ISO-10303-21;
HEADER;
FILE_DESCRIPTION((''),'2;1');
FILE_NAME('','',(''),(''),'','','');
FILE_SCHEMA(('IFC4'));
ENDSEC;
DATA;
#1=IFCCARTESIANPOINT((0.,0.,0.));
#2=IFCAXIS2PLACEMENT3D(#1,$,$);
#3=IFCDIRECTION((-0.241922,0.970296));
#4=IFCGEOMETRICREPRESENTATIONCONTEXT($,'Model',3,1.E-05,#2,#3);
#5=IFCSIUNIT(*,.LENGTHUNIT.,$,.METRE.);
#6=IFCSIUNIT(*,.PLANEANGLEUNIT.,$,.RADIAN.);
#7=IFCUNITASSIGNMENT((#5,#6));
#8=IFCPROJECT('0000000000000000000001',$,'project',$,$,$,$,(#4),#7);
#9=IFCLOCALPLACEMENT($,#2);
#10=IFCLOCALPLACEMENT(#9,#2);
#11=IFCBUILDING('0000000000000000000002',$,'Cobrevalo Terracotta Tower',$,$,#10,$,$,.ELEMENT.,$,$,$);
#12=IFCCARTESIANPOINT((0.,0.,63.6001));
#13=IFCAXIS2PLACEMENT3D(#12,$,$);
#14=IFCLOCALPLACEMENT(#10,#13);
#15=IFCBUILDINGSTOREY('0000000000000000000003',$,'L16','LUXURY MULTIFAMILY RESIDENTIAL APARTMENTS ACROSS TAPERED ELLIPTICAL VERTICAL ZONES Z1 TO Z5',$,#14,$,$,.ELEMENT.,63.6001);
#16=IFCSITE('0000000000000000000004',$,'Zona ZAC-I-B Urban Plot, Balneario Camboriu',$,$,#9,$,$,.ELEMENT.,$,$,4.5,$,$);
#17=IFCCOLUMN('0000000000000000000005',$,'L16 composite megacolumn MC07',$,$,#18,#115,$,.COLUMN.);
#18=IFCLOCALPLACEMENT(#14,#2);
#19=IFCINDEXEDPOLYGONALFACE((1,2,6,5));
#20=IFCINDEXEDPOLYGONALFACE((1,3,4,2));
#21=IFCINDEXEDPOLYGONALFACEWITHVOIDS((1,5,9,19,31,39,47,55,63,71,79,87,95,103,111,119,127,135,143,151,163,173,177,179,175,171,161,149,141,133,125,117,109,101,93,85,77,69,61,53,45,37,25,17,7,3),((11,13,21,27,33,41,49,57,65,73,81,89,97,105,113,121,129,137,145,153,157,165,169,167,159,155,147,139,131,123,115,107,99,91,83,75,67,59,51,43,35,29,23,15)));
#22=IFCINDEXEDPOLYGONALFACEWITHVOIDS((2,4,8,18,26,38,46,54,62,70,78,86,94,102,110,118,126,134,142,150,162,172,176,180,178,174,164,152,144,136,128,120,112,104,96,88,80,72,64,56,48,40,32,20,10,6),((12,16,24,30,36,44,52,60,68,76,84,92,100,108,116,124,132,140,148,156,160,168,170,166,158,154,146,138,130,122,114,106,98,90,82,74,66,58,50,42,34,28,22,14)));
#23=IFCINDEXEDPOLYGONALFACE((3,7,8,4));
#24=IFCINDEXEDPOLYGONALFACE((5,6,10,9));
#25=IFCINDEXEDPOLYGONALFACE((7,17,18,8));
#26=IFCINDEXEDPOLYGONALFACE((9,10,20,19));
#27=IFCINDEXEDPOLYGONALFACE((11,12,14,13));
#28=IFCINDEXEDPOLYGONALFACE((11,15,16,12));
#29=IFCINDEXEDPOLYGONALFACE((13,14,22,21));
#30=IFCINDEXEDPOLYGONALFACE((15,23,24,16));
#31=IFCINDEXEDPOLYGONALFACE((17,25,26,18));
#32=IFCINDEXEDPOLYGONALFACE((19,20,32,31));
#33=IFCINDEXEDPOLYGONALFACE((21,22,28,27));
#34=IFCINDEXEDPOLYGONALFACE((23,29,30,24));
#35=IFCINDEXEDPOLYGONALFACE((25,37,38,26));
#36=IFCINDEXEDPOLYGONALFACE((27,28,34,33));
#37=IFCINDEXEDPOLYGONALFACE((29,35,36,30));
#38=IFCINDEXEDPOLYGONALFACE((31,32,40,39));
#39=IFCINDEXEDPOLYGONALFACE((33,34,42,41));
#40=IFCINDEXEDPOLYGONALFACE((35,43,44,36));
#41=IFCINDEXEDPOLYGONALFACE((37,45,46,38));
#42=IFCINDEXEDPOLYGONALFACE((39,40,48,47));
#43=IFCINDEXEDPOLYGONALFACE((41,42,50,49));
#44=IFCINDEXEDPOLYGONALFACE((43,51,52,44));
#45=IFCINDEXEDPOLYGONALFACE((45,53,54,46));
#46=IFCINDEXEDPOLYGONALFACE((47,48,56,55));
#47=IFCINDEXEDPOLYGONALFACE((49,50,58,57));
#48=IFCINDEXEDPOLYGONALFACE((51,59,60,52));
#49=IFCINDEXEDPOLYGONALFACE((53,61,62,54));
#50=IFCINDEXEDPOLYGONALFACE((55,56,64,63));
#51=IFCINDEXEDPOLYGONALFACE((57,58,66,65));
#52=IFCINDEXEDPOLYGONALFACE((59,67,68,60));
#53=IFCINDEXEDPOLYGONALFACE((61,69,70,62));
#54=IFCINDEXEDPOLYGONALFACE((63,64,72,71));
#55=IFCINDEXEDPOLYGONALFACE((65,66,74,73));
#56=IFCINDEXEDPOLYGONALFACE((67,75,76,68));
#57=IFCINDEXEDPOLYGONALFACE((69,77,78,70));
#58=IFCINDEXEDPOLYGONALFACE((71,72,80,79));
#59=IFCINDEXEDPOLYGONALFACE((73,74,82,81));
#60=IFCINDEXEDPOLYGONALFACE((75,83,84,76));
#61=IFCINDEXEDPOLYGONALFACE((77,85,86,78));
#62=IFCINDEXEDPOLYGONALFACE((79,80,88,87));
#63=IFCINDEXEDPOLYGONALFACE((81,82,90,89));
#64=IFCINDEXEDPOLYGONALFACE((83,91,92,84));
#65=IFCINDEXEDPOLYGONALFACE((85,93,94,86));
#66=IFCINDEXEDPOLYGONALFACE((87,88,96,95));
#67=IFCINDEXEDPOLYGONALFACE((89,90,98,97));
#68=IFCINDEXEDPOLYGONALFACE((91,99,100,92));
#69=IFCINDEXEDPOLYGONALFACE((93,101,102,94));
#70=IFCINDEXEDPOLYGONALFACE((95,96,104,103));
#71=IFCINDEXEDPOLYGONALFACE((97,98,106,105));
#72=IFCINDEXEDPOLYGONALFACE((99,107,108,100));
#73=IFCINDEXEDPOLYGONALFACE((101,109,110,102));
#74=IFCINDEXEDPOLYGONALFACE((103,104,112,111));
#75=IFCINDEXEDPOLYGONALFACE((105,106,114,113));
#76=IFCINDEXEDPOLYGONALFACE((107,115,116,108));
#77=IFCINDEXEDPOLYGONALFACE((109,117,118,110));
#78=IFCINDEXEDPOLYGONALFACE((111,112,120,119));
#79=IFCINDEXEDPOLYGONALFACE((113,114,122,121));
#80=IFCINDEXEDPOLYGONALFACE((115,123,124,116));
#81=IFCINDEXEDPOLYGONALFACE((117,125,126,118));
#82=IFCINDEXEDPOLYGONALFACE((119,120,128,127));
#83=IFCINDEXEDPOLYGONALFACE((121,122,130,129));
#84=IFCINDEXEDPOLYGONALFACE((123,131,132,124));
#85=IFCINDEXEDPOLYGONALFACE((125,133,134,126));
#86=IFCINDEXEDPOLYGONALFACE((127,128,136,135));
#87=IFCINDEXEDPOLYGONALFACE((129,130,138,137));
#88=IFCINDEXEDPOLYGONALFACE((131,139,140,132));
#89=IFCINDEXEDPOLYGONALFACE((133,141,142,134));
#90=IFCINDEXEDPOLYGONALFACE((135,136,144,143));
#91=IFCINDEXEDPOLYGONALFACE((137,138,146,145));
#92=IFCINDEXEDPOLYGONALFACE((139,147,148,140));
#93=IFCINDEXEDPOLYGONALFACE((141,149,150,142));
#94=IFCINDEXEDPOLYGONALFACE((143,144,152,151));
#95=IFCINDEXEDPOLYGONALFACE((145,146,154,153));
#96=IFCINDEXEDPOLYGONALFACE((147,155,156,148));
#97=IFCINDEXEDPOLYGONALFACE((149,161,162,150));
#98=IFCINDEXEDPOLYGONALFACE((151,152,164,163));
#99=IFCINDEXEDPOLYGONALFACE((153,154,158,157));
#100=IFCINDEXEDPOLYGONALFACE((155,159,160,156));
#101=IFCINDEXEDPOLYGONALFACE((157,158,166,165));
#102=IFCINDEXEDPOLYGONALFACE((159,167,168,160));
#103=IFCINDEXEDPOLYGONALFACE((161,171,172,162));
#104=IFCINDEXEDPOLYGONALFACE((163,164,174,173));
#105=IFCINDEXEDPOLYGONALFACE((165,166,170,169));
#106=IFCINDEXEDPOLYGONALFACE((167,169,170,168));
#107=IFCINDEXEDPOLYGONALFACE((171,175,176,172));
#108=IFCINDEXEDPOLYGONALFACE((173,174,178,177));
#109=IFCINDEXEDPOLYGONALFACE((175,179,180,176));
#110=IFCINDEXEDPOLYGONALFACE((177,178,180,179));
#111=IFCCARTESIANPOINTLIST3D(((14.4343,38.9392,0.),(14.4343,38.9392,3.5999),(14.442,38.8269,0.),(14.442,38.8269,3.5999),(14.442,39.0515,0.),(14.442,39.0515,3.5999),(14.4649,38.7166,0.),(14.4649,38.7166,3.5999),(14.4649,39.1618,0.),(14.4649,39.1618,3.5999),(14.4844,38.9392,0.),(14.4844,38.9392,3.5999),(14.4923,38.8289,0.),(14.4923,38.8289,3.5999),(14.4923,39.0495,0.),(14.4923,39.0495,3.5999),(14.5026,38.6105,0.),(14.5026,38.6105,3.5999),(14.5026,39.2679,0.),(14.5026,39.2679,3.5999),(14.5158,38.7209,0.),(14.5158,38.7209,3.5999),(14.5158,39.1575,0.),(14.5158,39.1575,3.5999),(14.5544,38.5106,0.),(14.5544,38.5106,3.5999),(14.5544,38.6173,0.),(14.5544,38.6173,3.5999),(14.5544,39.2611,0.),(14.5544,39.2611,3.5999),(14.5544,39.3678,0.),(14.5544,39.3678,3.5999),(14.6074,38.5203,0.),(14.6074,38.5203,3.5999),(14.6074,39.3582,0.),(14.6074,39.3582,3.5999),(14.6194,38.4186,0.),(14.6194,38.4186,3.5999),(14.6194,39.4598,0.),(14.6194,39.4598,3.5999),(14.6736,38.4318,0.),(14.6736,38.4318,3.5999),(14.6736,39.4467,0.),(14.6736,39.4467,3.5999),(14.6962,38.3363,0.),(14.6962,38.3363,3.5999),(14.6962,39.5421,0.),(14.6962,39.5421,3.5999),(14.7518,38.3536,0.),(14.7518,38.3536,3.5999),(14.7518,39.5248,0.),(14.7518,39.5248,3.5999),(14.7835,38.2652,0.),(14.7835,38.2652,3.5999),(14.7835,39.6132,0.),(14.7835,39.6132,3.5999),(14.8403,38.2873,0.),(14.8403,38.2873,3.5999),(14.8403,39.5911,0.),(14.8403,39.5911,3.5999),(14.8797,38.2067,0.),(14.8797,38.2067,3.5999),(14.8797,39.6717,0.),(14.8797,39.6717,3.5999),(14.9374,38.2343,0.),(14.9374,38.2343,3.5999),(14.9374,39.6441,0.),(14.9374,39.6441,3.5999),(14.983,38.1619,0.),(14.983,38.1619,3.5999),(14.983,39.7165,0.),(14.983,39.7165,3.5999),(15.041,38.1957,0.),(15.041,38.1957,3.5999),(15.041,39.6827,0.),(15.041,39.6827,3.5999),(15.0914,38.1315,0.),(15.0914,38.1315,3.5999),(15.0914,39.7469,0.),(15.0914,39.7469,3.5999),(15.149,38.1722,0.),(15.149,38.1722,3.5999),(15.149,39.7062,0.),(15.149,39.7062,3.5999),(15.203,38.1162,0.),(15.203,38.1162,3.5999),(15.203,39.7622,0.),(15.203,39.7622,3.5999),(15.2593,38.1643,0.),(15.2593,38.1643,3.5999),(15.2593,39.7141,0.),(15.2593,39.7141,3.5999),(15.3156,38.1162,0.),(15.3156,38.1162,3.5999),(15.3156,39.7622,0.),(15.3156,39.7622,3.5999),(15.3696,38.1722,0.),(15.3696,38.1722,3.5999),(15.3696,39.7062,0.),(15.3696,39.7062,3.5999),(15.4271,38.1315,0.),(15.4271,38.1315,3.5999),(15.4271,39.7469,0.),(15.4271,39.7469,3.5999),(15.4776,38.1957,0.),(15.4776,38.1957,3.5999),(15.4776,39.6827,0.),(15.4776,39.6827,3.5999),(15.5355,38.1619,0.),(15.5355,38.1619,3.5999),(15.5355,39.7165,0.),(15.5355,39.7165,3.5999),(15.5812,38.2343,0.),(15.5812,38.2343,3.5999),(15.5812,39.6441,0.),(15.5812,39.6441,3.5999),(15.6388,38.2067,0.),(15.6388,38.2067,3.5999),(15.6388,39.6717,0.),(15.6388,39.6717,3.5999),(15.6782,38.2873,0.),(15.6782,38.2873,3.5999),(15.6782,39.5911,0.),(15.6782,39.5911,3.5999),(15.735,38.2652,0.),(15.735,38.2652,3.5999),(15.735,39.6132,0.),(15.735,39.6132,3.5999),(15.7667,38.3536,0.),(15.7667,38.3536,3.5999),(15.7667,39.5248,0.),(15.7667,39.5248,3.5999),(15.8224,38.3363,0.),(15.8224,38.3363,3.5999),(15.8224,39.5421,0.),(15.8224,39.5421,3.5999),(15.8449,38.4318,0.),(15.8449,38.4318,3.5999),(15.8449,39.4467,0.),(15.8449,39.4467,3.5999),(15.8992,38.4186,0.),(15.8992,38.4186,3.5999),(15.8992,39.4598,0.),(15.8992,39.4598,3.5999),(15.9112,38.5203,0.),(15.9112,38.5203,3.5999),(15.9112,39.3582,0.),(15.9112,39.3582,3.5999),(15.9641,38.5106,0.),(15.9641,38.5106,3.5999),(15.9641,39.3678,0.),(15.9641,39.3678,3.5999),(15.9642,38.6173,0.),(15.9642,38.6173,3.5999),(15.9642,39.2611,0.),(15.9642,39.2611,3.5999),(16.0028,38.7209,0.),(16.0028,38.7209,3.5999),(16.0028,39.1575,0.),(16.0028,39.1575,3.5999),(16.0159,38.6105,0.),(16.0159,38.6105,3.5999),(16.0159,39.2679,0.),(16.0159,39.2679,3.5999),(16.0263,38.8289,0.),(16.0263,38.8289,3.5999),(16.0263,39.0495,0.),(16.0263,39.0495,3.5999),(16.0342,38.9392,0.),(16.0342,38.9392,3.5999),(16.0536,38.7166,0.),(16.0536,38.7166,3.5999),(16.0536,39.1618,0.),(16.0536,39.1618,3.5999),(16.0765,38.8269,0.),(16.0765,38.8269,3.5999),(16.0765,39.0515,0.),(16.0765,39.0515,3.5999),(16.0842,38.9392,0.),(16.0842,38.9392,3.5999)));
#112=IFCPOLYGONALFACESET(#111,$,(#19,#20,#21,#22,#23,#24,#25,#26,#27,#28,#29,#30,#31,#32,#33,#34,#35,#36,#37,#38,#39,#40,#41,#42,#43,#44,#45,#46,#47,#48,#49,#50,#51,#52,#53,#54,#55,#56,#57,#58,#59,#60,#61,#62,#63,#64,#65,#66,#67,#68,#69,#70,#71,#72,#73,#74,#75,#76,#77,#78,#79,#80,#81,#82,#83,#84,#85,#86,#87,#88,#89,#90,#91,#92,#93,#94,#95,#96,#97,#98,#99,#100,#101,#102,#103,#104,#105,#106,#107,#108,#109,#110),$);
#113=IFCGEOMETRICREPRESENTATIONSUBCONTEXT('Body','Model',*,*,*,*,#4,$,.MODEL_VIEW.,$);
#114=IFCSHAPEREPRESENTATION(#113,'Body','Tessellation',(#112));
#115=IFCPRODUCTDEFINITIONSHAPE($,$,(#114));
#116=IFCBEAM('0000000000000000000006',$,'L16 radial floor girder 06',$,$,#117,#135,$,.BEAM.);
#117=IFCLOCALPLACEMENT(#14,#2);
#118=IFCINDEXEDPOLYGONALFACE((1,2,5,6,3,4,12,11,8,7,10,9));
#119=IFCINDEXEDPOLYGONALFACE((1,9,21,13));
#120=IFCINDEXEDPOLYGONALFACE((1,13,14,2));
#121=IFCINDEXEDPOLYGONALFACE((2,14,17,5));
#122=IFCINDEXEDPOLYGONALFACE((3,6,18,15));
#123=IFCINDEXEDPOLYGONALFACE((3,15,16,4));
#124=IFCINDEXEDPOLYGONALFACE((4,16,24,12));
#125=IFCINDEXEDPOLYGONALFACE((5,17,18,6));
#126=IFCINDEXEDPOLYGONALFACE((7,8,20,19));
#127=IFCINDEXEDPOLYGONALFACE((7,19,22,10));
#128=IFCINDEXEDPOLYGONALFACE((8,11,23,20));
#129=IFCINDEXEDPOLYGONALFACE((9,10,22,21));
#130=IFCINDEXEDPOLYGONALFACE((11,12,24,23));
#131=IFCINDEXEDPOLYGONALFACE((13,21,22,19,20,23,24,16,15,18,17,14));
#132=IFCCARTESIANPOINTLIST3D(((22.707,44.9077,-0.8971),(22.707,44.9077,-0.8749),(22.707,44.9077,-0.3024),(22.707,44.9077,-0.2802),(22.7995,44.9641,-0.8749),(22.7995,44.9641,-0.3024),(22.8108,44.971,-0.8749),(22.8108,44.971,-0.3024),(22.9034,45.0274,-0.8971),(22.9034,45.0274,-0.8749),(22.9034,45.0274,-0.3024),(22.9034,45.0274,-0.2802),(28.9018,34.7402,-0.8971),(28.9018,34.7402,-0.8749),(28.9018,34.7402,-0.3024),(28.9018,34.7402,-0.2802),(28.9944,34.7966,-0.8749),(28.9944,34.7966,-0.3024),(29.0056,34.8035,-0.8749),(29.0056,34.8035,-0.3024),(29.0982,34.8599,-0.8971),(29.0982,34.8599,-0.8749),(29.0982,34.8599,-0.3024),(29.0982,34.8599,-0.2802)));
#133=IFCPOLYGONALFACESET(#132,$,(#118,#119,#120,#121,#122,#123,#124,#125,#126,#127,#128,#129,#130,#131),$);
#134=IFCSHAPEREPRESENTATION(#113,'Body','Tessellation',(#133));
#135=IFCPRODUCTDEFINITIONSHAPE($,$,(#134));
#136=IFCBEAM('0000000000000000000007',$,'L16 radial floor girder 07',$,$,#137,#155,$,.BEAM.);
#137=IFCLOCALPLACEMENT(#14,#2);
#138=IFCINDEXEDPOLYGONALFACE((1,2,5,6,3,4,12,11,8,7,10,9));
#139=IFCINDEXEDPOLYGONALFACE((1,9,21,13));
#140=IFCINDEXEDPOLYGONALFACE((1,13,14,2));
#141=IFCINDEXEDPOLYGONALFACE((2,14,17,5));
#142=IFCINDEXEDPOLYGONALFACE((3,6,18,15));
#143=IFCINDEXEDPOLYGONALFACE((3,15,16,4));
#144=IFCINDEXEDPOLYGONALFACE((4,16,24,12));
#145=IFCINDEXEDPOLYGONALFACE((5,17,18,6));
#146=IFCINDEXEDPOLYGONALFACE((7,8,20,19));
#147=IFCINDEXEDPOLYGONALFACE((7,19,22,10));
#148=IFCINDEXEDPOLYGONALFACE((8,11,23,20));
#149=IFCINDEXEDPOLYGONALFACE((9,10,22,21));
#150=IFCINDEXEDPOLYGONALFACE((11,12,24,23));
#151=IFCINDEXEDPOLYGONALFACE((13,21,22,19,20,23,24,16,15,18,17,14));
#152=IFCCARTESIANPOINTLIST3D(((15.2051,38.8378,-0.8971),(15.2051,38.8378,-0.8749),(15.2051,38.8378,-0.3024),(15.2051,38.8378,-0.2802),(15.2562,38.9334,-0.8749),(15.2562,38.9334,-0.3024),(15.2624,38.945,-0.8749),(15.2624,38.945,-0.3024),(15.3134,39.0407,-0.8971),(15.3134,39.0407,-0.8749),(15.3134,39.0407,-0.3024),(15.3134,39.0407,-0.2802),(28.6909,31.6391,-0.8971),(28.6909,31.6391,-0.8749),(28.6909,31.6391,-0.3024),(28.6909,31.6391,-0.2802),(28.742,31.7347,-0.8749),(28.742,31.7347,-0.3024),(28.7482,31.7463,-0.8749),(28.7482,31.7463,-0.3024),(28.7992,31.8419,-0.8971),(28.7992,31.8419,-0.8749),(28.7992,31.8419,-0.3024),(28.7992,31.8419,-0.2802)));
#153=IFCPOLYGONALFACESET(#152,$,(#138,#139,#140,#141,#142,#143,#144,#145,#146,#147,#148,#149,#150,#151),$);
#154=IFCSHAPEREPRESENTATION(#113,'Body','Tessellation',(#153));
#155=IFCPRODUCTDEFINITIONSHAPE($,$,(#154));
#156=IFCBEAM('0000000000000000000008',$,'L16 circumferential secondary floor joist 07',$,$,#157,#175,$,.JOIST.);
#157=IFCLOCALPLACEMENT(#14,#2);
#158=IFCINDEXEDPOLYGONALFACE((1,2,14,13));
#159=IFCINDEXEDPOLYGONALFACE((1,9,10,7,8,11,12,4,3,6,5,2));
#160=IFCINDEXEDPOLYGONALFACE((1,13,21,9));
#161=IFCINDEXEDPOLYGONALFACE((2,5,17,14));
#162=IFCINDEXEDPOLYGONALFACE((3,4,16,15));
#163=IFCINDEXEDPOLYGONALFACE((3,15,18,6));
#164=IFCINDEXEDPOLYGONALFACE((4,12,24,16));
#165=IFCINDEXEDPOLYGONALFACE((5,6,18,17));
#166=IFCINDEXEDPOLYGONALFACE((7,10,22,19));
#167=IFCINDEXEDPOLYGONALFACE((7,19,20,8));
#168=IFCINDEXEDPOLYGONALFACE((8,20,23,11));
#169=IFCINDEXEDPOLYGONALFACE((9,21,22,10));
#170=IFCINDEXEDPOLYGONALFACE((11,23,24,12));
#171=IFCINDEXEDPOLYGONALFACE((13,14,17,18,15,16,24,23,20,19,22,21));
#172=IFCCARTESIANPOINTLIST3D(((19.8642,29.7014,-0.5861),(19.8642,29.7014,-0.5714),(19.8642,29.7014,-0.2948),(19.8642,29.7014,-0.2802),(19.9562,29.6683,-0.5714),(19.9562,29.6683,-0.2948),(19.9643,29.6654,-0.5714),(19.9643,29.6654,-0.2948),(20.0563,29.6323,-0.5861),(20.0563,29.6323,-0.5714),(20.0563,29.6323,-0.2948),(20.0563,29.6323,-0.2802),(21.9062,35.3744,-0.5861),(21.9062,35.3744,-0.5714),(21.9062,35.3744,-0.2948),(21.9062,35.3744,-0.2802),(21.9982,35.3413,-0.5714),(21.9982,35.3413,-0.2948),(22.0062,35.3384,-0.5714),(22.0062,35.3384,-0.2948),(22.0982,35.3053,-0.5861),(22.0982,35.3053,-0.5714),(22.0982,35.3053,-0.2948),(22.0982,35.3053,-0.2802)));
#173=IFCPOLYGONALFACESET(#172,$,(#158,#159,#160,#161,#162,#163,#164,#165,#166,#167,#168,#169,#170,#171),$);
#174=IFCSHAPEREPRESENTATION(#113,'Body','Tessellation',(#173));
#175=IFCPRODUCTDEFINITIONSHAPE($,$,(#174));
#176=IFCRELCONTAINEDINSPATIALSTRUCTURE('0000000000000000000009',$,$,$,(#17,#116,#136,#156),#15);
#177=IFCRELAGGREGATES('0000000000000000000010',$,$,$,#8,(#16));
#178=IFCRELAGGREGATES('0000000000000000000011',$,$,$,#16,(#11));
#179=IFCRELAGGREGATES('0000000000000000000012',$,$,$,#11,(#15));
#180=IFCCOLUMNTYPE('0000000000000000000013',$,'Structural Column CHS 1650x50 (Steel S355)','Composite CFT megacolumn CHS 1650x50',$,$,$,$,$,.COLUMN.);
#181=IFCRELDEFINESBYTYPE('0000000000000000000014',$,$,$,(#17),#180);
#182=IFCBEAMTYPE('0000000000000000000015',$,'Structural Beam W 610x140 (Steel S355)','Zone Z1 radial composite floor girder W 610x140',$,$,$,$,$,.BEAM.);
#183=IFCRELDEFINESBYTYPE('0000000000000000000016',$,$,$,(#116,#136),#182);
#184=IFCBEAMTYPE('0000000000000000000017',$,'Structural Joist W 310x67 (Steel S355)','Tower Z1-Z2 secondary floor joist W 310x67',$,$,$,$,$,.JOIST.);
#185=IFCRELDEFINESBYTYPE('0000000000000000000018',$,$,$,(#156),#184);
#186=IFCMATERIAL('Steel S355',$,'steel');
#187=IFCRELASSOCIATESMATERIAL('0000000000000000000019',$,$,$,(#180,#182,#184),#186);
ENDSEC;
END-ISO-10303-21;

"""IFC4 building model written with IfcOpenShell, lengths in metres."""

from ifc_helpers import new_model, si_unit, direction, frame, origin, origin_2d, place, context, subcontext, project, spatial, hollow_circle, i_section, extrude, material, material_profile, profile_set, type_object, element, save


model = new_model("IFC4")

# Units and contexts
model_context = context("Model", 3, precision=1e-05, world=origin(), true_north=direction((-0.241922, 0.970296)))
body_context = subcontext(model_context, "Body", "Model", "MODEL_VIEW")
ifc_project = project(units=[si_unit("LENGTHUNIT", "METRE"), si_unit("PLANEANGLEUNIT", "RADIAN")], contexts=[model_context])

# Site, building, storey
site_placement = place(None, origin())
site = spatial("IfcSite", under=ifc_project, at=site_placement, Name="Zona ZAC-I-B Urban Plot, Balneario Camboriu", CompositionType="ELEMENT", RefElevation=4.5)
building_placement = place(site_placement, origin())
building = spatial("IfcBuilding", under=site, at=building_placement, Name="Cobrevalo Terracotta Tower", CompositionType="ELEMENT")
storey_placement = place(building_placement, frame((0.0, 0.0, 63.6001)))
storey = spatial("IfcBuildingStorey", under=building, at=storey_placement, Name="L16", Description="LUXURY MULTIFAMILY RESIDENTIAL APARTMENTS ACROSS TAPERED ELLIPTICAL VERTICAL ZONES Z1 TO Z5", CompositionType="ELEMENT", Elevation=63.6001)

# Column
ifc_material_1 = material(Name="Steel S355", Category="steel")
ifc_material_profile_1 = material_profile(ifc_material_1, hollow_circle(Radius=0.825, WallThickness=0.05, at=origin_2d()), Name="CHS 1650x50")
ifc_profile_set_1 = profile_set([ifc_material_profile_1], Name="Steel S355")
column_type = type_object("IfcColumnType", Name="Structural Column CHS 1650x50 (Steel S355)", Description="Composite CFT megacolumn CHS 1650x50", PredefinedType="COLUMN", material=ifc_profile_set_1)
for number, where, z_axis, x_axis, name in (
    (1, (15.2593, 38.9392, 0.0), (0.0, 0.0, 1.0), (1.0, 0.0, 0.0), "L16 composite megacolumn MC07"),
):
    element("IfcColumn", number, at=place(storey_placement, frame(where, z_axis=z_axis, x_axis=x_axis)), inside=storey, type_object=column_type, Name=name, PredefinedType="COLUMN", context=body_context, shape_type="SweptSolid", body=[
        extrude(hollow_circle(Radius=0.825, WallThickness=0.05, at=origin_2d()), origin(), (0.0, 0.0, 1.0), 3.5999),
    ])

# Beams
ifc_material_profile_2 = material_profile(ifc_material_1, i_section(OverallWidth=0.23, OverallDepth=0.6169, WebThickness=0.0132, FlangeThickness=0.0222, at=origin_2d()), Name="W 610x140")
ifc_profile_set_2 = profile_set([ifc_material_profile_2], Name="Steel S355")
beam_type_1 = type_object("IfcBeamType", Name="Structural Beam W 610x140 (Steel S355)", Description="Zone Z1 radial composite floor girder W 610x140", PredefinedType="BEAM", material=ifc_profile_set_2)
beam_1_placement = place(storey_placement, frame((22.8052, 44.9675, -0.5886), z_axis=(0.52031, -0.853978, 0.0), x_axis=(0.853978, 0.52031, 0.0)))
element("IfcBeam", 2, at=beam_1_placement, inside=storey, type_object=beam_type_1, Name="L16 radial floor girder 06", PredefinedType="BEAM", context=body_context, shape_type="SweptSolid", body=[
    extrude(i_section(OverallWidth=0.23, OverallDepth=0.6169, WebThickness=0.0132, FlangeThickness=0.0222, at=origin_2d()), origin(), (0.0, 0.0, 1.0), 11.906),
])
beam_2_placement = place(storey_placement, frame((15.2593, 38.9392, -0.5886), z_axis=(0.882182, -0.470908, 0.0), x_axis=(0.470908, 0.882182, 0.0)))
element("IfcBeam", 3, at=beam_2_placement, inside=storey, type_object=beam_type_1, Name="L16 radial floor girder 07", PredefinedType="BEAM", context=body_context, shape_type="SweptSolid", body=[
    extrude(i_section(OverallWidth=0.23, OverallDepth=0.6169, WebThickness=0.0132, FlangeThickness=0.0222, at=origin_2d()), origin(), (0.0, 0.0, 1.0), 15.2869),
])
ifc_material_profile_3 = material_profile(ifc_material_1, i_section(OverallWidth=0.2041, OverallDepth=0.3059, WebThickness=0.0085, FlangeThickness=0.0146, at=origin_2d()), Name="W 310x67")
ifc_profile_set_3 = profile_set([ifc_material_profile_3], Name="Steel S355")
beam_type_2 = type_object("IfcBeamType", Name="Structural Joist W 310x67 (Steel S355)", Description="Tower Z1-Z2 secondary floor joist W 310x67", PredefinedType="JOIST", material=ifc_profile_set_3)
beam_3_placement = place(storey_placement, frame((22.0022, 35.3398, -0.4331), z_axis=(-0.338672, -0.940904, 0.0), x_axis=(0.940904, -0.338672, 0.0)))
element("IfcBeam", 4, at=beam_3_placement, inside=storey, type_object=beam_type_2, Name="L16 circumferential secondary floor joist 07", PredefinedType="JOIST", context=body_context, shape_type="SweptSolid", body=[
    extrude(i_section(OverallWidth=0.2041, OverallDepth=0.3059, WebThickness=0.0085, FlangeThickness=0.0146, at=origin_2d()), origin(), (0.0, 0.0, 1.0), 6.0293),
])

save(model, "model.ifc")
